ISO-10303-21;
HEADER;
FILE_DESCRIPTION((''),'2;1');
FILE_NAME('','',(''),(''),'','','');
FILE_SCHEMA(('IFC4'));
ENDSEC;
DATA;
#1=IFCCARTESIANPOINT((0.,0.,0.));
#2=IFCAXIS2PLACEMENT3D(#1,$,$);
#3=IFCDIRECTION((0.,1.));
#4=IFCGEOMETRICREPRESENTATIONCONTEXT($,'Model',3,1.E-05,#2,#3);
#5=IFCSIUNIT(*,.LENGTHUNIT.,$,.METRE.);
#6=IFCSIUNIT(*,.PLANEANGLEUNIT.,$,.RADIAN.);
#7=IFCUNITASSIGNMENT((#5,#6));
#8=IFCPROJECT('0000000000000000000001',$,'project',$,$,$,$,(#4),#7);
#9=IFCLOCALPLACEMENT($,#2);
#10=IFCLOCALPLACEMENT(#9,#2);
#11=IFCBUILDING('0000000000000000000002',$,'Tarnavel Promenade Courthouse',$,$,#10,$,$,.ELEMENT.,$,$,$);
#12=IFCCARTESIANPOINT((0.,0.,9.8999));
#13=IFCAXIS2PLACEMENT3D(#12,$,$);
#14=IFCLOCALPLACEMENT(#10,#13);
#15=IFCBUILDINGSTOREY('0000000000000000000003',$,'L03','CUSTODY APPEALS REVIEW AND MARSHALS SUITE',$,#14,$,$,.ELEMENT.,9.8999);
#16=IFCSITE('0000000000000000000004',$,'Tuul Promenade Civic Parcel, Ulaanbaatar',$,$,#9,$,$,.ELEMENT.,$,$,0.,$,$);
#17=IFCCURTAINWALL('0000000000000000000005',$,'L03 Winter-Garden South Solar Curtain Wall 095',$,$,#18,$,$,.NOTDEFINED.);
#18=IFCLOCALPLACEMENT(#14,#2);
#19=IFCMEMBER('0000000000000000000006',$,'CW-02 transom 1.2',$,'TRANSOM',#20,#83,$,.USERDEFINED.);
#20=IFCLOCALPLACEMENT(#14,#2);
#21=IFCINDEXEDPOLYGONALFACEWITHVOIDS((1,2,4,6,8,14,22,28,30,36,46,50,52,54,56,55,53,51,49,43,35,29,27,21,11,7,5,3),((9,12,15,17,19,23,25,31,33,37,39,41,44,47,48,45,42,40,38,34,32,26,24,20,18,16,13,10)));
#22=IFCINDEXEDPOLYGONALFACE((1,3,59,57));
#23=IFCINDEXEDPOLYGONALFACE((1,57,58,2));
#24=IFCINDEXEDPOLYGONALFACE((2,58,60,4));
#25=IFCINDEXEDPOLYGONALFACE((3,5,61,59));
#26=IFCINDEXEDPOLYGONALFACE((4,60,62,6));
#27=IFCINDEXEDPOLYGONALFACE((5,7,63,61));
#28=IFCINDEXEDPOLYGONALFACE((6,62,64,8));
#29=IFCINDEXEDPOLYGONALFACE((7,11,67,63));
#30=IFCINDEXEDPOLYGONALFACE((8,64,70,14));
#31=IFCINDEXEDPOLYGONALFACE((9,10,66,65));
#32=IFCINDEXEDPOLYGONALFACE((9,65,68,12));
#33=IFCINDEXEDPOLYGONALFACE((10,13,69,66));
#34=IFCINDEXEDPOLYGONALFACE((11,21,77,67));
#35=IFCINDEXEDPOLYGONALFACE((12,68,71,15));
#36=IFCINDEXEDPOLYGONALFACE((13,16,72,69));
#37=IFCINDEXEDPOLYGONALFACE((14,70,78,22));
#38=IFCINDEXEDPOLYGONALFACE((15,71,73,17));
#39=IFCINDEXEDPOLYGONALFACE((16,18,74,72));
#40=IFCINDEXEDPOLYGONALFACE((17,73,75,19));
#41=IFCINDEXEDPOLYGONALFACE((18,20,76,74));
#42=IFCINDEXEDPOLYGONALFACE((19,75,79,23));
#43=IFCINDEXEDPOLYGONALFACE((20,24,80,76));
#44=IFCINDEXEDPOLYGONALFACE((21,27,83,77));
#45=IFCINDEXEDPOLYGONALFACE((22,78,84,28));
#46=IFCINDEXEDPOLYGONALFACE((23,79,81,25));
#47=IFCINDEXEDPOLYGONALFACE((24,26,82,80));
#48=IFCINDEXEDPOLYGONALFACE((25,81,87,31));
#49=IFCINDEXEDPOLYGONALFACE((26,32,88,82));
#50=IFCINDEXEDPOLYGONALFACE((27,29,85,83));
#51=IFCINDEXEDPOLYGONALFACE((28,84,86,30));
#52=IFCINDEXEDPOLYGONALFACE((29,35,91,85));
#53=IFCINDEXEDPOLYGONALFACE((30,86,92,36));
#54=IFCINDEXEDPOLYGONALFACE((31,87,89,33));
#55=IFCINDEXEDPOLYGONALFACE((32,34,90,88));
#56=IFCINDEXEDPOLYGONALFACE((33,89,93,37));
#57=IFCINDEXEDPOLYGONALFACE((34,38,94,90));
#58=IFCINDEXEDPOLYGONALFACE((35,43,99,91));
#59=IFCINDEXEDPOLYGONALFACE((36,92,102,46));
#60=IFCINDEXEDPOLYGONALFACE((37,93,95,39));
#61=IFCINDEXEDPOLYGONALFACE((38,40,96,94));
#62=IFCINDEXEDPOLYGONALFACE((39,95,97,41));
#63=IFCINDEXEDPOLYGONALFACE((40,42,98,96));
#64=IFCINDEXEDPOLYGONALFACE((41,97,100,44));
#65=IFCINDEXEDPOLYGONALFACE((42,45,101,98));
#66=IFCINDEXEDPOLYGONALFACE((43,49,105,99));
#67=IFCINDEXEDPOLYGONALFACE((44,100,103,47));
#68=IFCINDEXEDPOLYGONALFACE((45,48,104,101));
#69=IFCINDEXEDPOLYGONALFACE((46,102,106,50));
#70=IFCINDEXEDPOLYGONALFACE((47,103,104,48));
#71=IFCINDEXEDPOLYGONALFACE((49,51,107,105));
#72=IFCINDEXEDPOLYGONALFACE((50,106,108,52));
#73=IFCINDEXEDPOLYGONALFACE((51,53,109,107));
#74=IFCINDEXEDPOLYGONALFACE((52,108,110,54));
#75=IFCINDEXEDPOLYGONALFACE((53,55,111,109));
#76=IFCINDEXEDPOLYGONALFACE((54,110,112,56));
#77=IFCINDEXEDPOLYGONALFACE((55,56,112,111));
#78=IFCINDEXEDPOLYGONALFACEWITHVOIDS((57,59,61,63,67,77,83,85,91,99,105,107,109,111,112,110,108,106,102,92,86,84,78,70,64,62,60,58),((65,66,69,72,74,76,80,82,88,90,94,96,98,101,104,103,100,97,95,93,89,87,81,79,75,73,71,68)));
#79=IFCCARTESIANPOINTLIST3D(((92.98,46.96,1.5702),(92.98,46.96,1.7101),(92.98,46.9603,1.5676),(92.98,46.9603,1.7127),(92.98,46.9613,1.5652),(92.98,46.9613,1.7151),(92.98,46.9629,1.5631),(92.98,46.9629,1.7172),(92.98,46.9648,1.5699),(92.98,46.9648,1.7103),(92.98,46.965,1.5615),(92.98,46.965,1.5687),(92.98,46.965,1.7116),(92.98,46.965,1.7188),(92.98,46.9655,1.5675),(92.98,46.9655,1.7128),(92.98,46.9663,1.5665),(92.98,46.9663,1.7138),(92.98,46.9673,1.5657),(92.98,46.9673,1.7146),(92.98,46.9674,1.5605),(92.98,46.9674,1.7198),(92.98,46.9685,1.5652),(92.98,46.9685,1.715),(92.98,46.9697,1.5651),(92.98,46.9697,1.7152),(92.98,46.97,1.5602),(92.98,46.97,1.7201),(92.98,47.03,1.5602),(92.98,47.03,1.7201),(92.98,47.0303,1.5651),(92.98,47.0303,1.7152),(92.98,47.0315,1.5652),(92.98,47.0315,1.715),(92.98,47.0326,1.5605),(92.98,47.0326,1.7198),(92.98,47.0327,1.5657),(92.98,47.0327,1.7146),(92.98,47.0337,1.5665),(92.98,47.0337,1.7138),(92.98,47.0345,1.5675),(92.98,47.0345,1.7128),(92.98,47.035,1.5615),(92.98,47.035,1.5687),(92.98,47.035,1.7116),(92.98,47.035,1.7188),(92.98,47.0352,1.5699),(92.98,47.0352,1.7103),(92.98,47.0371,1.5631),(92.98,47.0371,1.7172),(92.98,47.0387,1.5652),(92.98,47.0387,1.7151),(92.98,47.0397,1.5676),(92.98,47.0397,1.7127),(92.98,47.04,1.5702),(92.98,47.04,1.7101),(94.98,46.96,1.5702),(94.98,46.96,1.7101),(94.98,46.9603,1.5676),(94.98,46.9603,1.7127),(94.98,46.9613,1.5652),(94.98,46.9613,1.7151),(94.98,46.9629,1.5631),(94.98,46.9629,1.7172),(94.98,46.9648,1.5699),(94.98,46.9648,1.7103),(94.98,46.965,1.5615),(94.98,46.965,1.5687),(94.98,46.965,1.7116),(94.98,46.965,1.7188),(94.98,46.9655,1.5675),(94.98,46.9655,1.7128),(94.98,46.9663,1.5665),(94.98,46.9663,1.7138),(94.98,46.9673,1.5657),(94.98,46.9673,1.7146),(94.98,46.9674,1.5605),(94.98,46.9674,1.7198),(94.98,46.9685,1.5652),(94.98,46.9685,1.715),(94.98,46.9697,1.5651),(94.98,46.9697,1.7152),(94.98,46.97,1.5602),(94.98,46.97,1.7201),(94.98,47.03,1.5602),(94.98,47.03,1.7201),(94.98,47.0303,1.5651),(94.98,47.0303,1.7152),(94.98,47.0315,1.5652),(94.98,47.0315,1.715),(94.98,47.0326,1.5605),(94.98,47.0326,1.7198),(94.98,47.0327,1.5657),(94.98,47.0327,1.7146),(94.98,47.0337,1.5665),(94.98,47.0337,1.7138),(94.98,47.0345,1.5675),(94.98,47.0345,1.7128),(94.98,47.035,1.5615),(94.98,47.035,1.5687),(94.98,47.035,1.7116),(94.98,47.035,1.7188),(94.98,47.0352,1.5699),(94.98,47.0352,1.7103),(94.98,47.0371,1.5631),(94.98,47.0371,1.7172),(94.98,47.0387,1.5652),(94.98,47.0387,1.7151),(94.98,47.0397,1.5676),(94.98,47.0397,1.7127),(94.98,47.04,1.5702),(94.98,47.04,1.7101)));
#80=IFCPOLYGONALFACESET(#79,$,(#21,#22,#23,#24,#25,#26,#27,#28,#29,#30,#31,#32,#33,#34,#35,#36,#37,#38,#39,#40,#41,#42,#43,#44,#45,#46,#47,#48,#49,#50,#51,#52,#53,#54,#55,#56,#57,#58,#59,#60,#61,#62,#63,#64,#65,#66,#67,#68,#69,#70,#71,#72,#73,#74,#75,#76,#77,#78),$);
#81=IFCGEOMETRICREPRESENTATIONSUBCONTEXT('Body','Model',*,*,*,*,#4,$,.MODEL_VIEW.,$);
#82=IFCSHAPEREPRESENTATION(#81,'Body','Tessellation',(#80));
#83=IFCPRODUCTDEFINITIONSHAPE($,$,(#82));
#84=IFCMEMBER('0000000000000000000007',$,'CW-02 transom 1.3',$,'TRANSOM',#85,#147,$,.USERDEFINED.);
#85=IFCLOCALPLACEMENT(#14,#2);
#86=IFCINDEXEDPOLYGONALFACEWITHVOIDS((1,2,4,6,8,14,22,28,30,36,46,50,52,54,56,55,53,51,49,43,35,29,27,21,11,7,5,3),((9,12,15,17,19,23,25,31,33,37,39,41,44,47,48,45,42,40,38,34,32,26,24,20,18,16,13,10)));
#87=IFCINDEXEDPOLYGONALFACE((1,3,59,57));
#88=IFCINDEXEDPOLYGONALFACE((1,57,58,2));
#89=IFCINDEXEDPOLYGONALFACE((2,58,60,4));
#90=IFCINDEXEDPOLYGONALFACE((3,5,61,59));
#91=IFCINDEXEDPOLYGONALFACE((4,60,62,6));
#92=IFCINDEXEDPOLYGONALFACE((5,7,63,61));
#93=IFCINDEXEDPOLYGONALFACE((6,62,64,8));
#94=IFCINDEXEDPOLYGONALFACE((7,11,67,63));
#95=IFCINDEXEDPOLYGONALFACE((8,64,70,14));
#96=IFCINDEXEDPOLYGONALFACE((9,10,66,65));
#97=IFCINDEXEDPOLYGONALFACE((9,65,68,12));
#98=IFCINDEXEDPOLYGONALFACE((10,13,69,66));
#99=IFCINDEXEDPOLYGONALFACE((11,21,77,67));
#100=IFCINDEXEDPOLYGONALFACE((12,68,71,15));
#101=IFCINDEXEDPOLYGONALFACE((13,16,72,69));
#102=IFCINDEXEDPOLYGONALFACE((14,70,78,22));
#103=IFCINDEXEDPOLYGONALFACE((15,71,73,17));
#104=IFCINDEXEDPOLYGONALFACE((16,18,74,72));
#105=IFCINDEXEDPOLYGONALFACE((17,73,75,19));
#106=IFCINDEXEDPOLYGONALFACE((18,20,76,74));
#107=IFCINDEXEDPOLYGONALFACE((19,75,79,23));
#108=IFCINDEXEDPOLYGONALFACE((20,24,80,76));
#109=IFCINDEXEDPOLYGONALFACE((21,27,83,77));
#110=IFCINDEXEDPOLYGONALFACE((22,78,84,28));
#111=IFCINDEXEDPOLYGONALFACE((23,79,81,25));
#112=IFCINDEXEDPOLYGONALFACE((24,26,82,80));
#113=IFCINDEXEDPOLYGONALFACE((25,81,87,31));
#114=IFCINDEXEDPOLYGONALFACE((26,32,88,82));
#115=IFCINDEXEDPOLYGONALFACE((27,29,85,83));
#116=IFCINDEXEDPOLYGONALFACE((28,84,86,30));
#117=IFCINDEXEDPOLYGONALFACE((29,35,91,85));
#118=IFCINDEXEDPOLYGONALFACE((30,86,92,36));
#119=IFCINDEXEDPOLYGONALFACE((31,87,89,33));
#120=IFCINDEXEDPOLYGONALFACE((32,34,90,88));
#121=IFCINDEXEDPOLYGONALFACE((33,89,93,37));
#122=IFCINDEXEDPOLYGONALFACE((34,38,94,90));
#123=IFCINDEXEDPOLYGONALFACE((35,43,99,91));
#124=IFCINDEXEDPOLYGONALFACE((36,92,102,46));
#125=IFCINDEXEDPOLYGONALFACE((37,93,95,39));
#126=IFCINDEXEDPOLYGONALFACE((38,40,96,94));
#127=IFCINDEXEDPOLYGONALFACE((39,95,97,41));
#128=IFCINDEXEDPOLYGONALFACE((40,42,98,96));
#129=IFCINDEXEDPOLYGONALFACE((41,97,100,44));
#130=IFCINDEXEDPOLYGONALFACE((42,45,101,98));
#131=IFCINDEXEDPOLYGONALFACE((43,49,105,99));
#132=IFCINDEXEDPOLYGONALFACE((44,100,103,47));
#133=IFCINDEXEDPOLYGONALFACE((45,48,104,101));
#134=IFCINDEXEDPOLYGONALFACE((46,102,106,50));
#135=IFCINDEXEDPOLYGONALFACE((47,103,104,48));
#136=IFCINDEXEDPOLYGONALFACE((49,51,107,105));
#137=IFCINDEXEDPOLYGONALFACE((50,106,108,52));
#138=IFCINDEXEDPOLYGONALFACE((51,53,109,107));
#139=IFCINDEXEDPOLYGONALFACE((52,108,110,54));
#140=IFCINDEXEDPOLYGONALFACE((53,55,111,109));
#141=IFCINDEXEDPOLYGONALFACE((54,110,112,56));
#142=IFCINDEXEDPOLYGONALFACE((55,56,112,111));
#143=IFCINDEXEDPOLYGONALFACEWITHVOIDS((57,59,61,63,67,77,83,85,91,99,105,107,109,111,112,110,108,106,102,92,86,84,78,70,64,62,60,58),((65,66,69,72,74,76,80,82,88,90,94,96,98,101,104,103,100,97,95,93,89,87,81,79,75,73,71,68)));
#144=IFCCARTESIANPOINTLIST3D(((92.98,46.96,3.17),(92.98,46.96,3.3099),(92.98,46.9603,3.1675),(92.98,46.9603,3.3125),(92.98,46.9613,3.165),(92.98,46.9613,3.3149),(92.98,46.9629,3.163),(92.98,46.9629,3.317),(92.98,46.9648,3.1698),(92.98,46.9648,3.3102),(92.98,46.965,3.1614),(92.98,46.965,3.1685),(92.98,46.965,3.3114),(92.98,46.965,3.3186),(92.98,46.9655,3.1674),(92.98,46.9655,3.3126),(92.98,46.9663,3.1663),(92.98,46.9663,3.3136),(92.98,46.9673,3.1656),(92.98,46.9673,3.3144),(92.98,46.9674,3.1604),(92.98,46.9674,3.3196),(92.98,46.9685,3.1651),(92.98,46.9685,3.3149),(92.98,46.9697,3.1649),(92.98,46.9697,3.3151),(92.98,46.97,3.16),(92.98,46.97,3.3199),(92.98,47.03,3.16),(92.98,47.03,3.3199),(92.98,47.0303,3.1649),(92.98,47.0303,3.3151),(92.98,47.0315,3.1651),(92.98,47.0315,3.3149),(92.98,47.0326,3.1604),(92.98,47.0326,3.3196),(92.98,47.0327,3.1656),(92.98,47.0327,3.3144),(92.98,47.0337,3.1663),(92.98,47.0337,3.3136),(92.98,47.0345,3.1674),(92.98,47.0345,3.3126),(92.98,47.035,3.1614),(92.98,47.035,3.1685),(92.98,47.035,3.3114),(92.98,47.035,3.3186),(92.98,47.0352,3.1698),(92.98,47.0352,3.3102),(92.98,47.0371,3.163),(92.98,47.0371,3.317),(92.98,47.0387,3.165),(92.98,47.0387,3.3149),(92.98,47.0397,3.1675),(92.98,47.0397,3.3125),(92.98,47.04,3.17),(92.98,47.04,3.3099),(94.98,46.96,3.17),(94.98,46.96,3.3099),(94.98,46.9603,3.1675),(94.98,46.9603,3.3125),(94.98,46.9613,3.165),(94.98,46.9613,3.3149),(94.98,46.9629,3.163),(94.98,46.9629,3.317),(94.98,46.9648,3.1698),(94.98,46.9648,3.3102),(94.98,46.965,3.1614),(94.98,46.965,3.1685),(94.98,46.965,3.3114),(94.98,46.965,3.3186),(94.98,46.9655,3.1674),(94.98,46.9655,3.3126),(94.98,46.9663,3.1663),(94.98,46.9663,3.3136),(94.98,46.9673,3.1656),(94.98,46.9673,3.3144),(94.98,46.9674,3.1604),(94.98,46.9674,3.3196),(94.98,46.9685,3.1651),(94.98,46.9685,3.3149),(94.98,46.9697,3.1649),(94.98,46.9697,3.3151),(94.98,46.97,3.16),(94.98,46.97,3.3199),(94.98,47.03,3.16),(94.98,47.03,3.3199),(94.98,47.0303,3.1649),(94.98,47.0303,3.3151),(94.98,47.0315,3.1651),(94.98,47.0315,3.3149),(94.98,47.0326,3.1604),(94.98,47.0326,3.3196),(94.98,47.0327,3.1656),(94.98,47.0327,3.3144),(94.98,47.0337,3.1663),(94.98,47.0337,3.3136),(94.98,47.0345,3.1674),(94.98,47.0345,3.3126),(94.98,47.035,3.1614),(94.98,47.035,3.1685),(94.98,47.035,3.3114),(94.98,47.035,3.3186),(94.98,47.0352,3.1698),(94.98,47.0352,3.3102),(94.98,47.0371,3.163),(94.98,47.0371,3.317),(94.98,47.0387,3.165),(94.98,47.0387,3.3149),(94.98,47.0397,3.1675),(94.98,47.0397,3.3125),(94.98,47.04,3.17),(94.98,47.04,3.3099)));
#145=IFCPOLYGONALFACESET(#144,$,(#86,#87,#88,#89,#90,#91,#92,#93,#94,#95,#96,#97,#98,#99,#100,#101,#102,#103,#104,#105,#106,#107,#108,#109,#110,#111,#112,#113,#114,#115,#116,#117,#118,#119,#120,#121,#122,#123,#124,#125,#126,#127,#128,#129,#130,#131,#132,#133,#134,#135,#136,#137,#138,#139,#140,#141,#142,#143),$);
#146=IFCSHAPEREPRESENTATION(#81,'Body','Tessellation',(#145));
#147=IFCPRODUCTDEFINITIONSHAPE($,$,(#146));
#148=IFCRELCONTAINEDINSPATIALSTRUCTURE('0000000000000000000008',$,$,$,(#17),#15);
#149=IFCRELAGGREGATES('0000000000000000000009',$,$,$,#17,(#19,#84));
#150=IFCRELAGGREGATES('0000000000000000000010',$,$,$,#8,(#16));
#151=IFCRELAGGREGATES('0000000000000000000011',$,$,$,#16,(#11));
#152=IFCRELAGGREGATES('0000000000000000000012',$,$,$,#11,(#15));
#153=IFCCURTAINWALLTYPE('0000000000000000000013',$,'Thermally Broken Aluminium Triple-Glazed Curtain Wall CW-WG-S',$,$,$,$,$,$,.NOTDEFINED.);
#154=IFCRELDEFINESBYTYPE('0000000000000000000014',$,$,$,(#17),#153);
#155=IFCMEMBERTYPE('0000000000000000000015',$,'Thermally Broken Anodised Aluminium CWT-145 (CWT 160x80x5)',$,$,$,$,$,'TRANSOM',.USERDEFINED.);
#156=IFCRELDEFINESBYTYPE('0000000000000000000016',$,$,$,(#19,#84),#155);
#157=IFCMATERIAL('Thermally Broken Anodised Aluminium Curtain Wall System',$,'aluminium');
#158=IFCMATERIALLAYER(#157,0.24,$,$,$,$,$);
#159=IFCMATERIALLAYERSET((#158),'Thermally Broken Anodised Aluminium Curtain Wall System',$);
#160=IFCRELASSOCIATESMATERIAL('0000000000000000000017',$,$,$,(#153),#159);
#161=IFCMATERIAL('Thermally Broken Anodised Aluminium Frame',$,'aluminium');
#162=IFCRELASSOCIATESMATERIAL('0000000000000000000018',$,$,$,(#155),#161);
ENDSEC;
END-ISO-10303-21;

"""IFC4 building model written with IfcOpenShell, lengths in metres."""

from ifc_helpers import new_model, si_unit, direction, frame, origin, origin_2d, place, context, subcontext, project, spatial, hollow_rectangle, extrude, material, layer, layer_set, material_profile, profile_set, type_object, element, aggregate, save


model = new_model("IFC4")

# Units and contexts
model_context = context("Model", 3, precision=1e-05, world=origin(), true_north=direction((0.0, 1.0)))
body_context = subcontext(model_context, "Body", "Model", "MODEL_VIEW")
ifc_project = project(units=[si_unit("LENGTHUNIT", "METRE"), si_unit("PLANEANGLEUNIT", "RADIAN")], contexts=[model_context])

# Site, building, storey
site_placement = place(None, origin())
site = spatial("IfcSite", under=ifc_project, at=site_placement, Name="Tuul Promenade Civic Parcel, Ulaanbaatar", CompositionType="ELEMENT", RefElevation=0.0)
building_placement = place(site_placement, origin())
building = spatial("IfcBuilding", under=site, at=building_placement, Name="Tarnavel Promenade Courthouse", CompositionType="ELEMENT")
storey_placement = place(building_placement, frame((0.0, 0.0, 9.8999)))
storey = spatial("IfcBuildingStorey", under=building, at=storey_placement, Name="L03", Description="CUSTODY APPEALS REVIEW AND MARSHALS SUITE", CompositionType="ELEMENT", Elevation=9.8999)

# Shared definitions
ifc_material_1 = material(Name="Thermally Broken Anodised Aluminium Curtain Wall System", Category="aluminium")
ifc_layer_1 = layer(ifc_material_1, 0.24)
ifc_layer_set_1 = layer_set([ifc_layer_1], Name="Thermally Broken Anodised Aluminium Curtain Wall System")
curtain_wall_type = type_object("IfcCurtainWallType", Name="Thermally Broken Aluminium Triple-Glazed Curtain Wall CW-WG-S", PredefinedType="NOTDEFINED", material=ifc_layer_set_1)
ifc_material_2 = material(Name="Thermally Broken Anodised Aluminium Frame", Category="aluminium")

# Curtain wall, members
curtain_wall_1_placement = place(storey_placement, origin())
curtain_wall_1 = element("IfcCurtainWall", 1, at=curtain_wall_1_placement, inside=storey, type_object=curtain_wall_type, Name="L03 Winter-Garden South Solar Curtain Wall 095", PredefinedType="NOTDEFINED")
ifc_material_profile_1 = material_profile(ifc_material_2, hollow_rectangle(XDim=0.0801, YDim=0.1599, WallThickness=0.0049, InnerFilletRadius=0.0049, OuterFilletRadius=0.01, at=origin_2d()), Name="CWT 160x80x5")
ifc_profile_set_1 = profile_set([ifc_material_profile_1], Name="Thermally Broken Anodised Aluminium Frame")
member_type_1 = type_object("IfcMemberType", Name="Thermally Broken Anodised Aluminium CWT-145 (CWT 160x80x5)", ElementType="TRANSOM", PredefinedType="USERDEFINED", material=ifc_profile_set_1)
member_1_placement = place(storey_placement, frame((92.98, 47.0, 1.6401), z_axis=(1.0, 0.0, 0.0), x_axis=(0.0, 1.0, 0.0)))
member_1 = element("IfcMember", 2, at=member_1_placement, type_object=member_type_1, Name="CW-02 transom 1.2", ObjectType="TRANSOM", PredefinedType="USERDEFINED", context=body_context, shape_type="SweptSolid", body=[
    extrude(hollow_rectangle(XDim=0.0801, YDim=0.1599, WallThickness=0.0049, InnerFilletRadius=0.0049, OuterFilletRadius=0.01, at=origin_2d()), origin(), (0.0, 0.0, 1.0), 2.0),
])
member_2_placement = place(storey_placement, frame((92.98, 47.0, 3.24), z_axis=(1.0, 0.0, 0.0), x_axis=(0.0, 1.0, 0.0)))
member_2 = element("IfcMember", 3, at=member_2_placement, type_object=member_type_1, Name="CW-02 transom 1.3", ObjectType="TRANSOM", PredefinedType="USERDEFINED", context=body_context, shape_type="SweptSolid", body=[
    extrude(hollow_rectangle(XDim=0.0801, YDim=0.1599, WallThickness=0.0049, InnerFilletRadius=0.0049, OuterFilletRadius=0.01, at=origin_2d()), origin(), (0.0, 0.0, 1.0), 2.0),
])

aggregate(curtain_wall_1, [member_1, member_2])

save(model, "model.ifc")
